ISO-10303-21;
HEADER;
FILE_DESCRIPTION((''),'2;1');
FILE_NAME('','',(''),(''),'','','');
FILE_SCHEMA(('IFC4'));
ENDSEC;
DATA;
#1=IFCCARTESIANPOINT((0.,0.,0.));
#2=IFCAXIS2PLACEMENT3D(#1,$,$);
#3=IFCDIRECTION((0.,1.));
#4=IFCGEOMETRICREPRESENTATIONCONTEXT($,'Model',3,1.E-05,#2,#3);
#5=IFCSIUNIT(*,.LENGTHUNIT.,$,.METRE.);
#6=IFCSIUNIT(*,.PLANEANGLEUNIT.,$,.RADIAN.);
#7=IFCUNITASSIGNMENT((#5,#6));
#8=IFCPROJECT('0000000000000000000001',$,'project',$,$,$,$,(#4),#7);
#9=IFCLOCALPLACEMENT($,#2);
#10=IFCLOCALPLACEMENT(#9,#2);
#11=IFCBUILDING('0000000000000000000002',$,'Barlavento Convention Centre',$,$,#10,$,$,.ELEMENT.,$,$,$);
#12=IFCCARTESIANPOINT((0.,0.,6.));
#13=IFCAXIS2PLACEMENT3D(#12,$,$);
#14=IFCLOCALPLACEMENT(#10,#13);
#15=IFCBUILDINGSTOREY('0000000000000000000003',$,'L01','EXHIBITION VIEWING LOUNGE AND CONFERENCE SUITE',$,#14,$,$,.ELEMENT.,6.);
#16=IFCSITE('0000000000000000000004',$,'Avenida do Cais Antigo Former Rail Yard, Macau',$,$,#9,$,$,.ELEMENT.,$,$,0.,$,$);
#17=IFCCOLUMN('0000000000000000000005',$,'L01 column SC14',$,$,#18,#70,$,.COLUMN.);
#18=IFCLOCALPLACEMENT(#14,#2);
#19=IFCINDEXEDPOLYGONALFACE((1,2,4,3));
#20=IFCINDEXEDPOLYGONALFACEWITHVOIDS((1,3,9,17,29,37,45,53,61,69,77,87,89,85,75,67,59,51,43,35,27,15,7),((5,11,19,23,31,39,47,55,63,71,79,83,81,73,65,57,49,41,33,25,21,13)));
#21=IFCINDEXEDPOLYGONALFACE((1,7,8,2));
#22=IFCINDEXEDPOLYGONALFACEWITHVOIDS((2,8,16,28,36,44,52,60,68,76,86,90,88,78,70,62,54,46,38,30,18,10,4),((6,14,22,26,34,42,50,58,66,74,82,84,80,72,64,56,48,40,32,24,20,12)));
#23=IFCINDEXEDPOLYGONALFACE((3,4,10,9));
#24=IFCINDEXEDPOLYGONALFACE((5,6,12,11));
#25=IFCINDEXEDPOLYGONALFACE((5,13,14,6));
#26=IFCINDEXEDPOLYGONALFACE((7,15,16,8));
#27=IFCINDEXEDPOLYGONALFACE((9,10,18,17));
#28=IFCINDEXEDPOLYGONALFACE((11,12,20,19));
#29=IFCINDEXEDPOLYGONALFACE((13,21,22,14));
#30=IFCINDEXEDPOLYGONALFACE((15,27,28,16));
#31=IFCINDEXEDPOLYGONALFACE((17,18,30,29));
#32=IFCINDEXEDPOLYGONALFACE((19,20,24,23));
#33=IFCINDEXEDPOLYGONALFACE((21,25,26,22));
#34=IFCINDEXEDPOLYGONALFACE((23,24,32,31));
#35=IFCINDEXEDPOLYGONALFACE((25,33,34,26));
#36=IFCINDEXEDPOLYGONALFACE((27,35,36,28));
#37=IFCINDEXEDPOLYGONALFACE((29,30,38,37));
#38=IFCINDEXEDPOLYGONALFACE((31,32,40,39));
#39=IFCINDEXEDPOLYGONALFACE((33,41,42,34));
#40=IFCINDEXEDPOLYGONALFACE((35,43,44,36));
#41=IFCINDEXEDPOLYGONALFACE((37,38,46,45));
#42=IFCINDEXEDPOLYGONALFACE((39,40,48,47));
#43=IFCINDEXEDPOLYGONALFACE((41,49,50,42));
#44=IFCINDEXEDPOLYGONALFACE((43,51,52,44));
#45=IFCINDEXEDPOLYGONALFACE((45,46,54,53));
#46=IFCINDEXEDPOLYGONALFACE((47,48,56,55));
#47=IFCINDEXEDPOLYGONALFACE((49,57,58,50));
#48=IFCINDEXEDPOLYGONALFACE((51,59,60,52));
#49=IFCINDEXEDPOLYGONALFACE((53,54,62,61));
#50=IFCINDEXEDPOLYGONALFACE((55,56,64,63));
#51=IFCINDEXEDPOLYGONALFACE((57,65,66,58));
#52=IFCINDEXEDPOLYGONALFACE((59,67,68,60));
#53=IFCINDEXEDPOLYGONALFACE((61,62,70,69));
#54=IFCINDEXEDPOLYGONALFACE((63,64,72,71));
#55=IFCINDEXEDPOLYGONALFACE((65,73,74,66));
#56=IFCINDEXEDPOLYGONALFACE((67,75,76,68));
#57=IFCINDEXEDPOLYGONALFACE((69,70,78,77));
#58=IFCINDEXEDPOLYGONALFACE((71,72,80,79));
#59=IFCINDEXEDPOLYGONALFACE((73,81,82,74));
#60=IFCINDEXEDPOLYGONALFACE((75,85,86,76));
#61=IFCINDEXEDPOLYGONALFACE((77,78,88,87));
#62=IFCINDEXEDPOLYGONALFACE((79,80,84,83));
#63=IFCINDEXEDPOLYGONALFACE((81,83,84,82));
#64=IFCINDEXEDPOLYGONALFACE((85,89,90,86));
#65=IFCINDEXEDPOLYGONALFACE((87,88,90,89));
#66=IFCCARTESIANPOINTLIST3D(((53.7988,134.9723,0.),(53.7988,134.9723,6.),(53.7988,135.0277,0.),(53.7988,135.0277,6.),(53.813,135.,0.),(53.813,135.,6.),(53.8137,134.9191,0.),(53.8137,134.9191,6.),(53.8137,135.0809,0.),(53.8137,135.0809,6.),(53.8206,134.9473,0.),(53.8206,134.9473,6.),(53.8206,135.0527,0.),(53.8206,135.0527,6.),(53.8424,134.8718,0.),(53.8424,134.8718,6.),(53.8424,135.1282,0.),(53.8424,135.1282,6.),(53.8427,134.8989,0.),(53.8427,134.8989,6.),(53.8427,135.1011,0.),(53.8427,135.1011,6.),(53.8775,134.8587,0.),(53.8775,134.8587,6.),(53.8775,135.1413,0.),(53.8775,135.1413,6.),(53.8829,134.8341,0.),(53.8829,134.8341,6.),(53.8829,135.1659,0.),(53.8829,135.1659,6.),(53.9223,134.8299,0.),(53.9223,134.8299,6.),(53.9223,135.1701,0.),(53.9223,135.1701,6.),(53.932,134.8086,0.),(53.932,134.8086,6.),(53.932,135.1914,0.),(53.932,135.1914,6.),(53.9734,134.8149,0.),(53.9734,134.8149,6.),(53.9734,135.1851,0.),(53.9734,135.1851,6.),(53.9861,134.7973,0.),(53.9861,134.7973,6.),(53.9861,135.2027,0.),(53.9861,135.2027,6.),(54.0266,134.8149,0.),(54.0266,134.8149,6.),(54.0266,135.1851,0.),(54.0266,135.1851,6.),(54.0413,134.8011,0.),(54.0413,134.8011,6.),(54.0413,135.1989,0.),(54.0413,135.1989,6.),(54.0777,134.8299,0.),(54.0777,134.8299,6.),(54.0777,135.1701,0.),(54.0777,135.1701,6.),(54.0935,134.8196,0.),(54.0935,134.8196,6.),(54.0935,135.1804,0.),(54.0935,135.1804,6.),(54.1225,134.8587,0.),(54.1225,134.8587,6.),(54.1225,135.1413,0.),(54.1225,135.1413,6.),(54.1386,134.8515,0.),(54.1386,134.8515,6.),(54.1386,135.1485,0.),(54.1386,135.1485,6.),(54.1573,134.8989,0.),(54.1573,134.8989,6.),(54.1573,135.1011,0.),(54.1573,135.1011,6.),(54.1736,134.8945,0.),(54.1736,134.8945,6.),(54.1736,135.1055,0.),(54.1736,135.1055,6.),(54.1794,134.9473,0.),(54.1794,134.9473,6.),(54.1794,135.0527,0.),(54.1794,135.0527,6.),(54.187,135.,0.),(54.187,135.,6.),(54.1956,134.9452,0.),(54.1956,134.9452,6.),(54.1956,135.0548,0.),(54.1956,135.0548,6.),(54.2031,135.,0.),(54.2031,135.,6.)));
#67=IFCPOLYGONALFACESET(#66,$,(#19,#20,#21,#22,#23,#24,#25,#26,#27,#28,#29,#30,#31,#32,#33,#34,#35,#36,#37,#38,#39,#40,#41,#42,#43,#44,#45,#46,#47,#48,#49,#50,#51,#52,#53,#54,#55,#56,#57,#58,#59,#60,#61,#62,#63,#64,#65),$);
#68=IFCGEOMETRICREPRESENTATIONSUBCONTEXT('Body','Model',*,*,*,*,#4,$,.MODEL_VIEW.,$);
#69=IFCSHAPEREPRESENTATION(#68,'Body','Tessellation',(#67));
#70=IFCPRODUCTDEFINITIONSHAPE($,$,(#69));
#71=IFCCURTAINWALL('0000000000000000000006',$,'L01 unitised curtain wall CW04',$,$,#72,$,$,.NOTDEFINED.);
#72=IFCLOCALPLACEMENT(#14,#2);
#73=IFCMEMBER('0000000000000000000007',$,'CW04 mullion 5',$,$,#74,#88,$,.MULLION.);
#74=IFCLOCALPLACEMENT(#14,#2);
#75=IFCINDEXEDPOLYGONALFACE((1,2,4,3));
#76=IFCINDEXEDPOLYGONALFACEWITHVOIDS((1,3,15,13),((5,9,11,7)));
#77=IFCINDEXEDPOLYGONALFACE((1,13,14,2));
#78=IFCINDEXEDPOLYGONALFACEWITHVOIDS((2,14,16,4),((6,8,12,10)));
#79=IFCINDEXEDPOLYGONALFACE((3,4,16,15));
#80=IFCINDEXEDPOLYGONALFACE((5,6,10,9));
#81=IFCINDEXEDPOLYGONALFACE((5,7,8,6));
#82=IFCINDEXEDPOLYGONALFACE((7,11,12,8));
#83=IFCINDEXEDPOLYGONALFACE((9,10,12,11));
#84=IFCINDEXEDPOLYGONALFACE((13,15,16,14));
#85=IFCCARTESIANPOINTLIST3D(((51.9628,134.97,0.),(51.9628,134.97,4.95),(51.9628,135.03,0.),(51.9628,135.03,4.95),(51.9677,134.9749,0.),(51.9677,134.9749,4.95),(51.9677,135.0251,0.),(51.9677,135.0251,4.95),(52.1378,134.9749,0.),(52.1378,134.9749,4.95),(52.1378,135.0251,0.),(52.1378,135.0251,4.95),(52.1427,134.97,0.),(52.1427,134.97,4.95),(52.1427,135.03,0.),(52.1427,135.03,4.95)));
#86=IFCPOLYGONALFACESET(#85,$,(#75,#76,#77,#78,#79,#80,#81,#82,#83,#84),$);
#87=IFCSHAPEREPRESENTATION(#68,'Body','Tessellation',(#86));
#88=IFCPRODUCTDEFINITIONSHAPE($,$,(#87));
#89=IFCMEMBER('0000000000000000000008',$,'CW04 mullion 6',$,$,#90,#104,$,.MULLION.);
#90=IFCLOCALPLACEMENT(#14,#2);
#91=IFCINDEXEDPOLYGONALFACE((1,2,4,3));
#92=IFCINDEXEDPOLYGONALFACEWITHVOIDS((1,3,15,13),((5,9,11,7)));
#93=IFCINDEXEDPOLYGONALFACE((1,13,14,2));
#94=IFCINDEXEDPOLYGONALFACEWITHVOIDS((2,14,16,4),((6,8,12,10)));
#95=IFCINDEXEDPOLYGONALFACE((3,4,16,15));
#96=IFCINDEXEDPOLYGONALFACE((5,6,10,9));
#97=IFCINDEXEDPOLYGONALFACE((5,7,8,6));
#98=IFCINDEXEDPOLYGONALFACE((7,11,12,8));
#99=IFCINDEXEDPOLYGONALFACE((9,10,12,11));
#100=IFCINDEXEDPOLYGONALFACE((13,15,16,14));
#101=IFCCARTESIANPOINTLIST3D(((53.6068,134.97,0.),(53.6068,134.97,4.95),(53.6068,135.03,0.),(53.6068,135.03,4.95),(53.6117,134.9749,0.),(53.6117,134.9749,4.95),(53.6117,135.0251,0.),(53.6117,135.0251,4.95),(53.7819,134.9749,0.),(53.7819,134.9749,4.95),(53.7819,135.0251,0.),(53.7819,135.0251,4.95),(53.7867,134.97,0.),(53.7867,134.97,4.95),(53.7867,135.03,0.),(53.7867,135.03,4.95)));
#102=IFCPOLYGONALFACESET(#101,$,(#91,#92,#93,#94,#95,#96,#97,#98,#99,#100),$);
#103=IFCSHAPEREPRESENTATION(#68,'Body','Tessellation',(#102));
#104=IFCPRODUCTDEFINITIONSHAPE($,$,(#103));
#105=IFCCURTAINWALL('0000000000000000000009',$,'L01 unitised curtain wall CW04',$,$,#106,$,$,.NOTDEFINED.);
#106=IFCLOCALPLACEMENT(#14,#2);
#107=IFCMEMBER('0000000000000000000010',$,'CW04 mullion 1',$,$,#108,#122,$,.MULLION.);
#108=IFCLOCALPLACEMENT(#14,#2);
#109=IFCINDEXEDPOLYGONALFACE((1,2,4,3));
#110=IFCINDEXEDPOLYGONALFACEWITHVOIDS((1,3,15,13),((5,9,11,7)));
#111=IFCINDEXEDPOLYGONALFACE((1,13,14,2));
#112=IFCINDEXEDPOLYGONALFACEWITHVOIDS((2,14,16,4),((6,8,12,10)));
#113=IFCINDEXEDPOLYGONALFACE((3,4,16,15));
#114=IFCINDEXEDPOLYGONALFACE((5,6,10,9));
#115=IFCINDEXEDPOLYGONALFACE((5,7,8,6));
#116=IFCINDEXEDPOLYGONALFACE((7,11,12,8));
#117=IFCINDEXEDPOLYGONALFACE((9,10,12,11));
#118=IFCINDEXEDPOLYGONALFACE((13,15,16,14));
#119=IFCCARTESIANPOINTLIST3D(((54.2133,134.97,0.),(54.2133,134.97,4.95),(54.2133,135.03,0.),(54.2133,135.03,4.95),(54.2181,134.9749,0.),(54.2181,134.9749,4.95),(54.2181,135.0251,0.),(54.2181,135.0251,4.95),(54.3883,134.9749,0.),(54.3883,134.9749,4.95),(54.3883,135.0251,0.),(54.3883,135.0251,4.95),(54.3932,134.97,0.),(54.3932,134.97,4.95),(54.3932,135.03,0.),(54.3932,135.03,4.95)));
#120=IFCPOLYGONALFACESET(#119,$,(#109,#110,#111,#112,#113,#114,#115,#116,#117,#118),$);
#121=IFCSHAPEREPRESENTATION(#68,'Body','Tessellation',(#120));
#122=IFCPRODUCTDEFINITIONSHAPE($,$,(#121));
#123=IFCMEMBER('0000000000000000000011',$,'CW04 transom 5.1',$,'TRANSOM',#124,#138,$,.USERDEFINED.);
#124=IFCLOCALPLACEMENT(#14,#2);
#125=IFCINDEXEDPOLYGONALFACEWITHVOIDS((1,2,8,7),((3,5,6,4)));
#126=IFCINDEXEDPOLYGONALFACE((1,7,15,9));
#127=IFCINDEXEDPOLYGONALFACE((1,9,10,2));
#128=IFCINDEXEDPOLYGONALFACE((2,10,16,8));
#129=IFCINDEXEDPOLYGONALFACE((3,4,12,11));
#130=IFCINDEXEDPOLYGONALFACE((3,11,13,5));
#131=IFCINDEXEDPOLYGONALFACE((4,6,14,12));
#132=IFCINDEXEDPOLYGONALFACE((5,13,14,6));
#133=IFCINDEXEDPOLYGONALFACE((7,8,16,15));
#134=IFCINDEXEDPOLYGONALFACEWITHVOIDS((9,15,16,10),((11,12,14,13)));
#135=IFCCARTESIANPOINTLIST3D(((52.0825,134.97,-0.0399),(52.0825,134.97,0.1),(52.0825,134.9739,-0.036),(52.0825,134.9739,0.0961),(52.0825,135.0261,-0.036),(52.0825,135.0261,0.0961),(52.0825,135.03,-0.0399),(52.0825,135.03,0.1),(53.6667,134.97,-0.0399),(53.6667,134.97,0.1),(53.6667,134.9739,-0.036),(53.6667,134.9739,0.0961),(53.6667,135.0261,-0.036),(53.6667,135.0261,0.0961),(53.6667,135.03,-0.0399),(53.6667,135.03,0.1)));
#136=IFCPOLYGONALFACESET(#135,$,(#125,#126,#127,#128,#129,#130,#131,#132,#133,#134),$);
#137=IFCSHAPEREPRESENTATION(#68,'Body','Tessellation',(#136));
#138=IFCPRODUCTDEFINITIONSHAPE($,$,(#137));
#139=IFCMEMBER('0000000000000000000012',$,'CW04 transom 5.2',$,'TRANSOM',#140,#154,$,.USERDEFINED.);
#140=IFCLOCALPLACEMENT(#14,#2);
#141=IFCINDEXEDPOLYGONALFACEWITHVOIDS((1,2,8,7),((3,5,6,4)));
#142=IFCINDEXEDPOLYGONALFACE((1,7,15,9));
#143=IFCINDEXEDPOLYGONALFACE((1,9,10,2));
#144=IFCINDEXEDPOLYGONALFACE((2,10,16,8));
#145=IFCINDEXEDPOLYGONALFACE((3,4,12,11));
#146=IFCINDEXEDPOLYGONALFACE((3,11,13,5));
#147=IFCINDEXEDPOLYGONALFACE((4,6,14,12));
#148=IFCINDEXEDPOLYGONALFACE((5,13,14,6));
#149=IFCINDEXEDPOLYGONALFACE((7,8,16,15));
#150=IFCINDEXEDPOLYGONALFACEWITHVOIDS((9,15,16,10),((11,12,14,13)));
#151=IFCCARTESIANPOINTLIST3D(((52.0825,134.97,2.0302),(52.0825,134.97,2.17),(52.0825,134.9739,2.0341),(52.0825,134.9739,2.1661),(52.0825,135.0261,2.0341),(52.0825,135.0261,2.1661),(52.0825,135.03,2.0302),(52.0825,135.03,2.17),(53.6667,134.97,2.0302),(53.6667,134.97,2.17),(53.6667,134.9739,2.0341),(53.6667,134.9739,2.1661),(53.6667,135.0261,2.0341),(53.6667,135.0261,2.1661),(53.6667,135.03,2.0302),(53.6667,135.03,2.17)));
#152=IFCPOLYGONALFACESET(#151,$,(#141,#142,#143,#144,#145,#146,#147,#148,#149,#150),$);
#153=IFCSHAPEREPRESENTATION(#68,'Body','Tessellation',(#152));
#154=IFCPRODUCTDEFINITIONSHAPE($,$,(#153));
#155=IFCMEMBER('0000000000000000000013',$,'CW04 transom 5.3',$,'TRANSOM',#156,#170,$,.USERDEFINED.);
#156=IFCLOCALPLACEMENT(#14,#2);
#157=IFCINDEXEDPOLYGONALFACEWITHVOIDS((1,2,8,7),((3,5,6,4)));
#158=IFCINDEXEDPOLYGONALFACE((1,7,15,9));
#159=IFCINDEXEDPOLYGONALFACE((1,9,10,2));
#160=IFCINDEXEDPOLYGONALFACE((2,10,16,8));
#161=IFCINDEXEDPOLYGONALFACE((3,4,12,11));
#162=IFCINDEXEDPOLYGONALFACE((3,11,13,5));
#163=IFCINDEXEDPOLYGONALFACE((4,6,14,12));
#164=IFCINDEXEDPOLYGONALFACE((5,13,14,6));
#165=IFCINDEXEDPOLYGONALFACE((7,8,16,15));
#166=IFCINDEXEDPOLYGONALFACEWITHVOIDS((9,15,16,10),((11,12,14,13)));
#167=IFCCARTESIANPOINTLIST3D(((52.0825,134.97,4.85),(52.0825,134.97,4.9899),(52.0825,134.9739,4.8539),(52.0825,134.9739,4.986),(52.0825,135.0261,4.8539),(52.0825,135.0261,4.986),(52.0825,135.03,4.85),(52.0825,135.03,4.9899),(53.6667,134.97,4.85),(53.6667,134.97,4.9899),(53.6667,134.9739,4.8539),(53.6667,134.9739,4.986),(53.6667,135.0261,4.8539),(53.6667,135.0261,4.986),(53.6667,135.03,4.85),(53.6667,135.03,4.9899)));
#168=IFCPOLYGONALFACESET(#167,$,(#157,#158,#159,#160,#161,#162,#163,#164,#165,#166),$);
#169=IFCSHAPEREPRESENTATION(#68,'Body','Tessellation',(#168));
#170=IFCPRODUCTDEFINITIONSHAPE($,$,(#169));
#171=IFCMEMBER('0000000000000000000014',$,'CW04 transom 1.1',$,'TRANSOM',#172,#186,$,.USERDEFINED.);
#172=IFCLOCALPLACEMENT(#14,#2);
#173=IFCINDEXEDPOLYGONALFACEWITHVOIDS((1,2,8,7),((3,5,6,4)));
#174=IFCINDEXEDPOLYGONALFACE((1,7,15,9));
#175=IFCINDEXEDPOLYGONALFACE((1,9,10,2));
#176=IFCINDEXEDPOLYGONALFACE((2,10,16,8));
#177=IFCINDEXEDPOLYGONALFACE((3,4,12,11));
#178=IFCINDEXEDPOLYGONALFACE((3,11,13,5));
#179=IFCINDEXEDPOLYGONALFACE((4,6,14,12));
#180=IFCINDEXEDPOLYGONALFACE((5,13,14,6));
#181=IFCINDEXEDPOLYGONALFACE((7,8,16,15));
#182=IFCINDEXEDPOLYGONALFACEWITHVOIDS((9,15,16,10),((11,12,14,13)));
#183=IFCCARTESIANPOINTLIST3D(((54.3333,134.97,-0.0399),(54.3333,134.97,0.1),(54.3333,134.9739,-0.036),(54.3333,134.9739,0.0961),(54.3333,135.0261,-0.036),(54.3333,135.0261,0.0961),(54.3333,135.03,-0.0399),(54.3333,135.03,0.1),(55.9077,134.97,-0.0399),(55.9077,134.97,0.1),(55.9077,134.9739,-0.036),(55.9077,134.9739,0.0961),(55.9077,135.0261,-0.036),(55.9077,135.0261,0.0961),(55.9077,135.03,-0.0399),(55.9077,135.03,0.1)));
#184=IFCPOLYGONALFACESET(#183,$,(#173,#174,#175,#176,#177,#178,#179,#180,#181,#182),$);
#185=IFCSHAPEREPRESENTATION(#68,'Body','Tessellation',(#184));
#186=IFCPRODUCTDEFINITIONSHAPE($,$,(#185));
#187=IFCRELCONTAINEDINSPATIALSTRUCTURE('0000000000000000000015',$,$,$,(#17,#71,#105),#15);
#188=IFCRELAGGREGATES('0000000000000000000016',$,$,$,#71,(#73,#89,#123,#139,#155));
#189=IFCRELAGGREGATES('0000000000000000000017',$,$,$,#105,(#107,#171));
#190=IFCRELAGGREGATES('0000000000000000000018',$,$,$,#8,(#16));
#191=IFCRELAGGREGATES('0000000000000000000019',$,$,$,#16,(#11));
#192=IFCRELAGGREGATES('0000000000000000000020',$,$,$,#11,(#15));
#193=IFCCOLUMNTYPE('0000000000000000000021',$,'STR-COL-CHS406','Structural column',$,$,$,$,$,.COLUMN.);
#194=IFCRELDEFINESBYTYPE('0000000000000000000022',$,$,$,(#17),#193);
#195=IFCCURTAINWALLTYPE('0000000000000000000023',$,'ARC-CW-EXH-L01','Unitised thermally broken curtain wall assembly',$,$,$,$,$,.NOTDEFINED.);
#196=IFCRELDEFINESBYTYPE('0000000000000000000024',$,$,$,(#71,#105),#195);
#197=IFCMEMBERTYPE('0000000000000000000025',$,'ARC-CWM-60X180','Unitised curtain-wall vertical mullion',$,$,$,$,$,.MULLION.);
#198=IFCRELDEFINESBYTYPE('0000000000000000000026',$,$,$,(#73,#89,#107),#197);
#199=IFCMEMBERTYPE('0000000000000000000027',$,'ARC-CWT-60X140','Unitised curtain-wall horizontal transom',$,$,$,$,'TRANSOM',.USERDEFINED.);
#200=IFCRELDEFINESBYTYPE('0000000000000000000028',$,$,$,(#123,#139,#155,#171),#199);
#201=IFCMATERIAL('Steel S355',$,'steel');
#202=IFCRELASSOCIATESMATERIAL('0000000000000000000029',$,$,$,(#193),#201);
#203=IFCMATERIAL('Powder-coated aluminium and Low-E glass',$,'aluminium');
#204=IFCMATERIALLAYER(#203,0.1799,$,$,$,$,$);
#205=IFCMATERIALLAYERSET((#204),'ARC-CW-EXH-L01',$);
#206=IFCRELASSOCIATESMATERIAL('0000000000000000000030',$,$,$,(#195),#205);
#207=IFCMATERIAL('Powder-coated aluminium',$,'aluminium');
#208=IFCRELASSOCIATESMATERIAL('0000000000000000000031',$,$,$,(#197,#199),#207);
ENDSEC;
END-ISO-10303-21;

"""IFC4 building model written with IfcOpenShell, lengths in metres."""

from ifc_helpers import new_model, si_unit, direction, frame, origin, origin_2d, place, context, subcontext, project, spatial, hollow_rectangle, hollow_circle, extrude, material, layer, layer_set, material_profile, profile_set, type_object, element, aggregate, save


model = new_model("IFC4")

# Units and contexts
model_context = context("Model", 3, precision=1e-05, world=origin(), true_north=direction((0.0, 1.0)))
body_context = subcontext(model_context, "Body", "Model", "MODEL_VIEW")
ifc_project = project(units=[si_unit("LENGTHUNIT", "METRE"), si_unit("PLANEANGLEUNIT", "RADIAN")], contexts=[model_context])

# Site, building, storey
site_placement = place(None, origin())
site = spatial("IfcSite", under=ifc_project, at=site_placement, Name="Avenida do Cais Antigo Former Rail Yard, Macau", CompositionType="ELEMENT", RefElevation=0.0)
building_placement = place(site_placement, origin())
building = spatial("IfcBuilding", under=site, at=building_placement, Name="Barlavento Convention Centre", CompositionType="ELEMENT")
storey_placement = place(building_placement, frame((0.0, 0.0, 6.0)))
storey = spatial("IfcBuildingStorey", under=building, at=storey_placement, Name="L01", Description="EXHIBITION VIEWING LOUNGE AND CONFERENCE SUITE", CompositionType="ELEMENT", Elevation=6.0)

# Column
ifc_material_1 = material(Name="Steel S355", Category="steel")
ifc_material_profile_1 = material_profile(ifc_material_1, hollow_circle(Radius=0.2031, WallThickness=0.0161, at=origin_2d()), Name="CHS 406.4x16.0")
ifc_profile_set_1 = profile_set([ifc_material_profile_1], Name="Steel S355")
column_type = type_object("IfcColumnType", Name="STR-COL-CHS406", Description="Structural column", PredefinedType="COLUMN", material=ifc_profile_set_1)
column_placement = place(storey_placement, frame((54.0, 135.0, 0.0), z_axis=(0.0, 0.0, 1.0), x_axis=(1.0, 0.0, 0.0)))
element("IfcColumn", 1, at=column_placement, inside=storey, type_object=column_type, Name="L01 column SC14", PredefinedType="COLUMN", context=body_context, shape_type="SweptSolid", body=[
    extrude(hollow_circle(Radius=0.2031, WallThickness=0.0161, at=origin_2d()), origin(), (0.0, 0.0, 1.0), 6.0),
])

# Curtain wall, members
ifc_material_2 = material(Name="Powder-coated aluminium and Low-E glass", Category="aluminium")
ifc_layer_1 = layer(ifc_material_2, 0.1799)
ifc_layer_set_1 = layer_set([ifc_layer_1], Name="ARC-CW-EXH-L01")
curtain_wall_type = type_object("IfcCurtainWallType", Name="ARC-CW-EXH-L01", Description="Unitised thermally broken curtain wall assembly", PredefinedType="NOTDEFINED", material=ifc_layer_set_1)
curtain_wall_1_placement = place(storey_placement, origin())
curtain_wall_1 = element("IfcCurtainWall", 2, at=curtain_wall_1_placement, inside=storey, type_object=curtain_wall_type, Name="L01 unitised curtain wall CW04", PredefinedType="NOTDEFINED")
ifc_material_3 = material(Name="Powder-coated aluminium", Category="aluminium")
ifc_material_profile_2 = material_profile(ifc_material_3, hollow_rectangle(XDim=0.0601, YDim=0.1799, WallThickness=0.0049, at=origin_2d()), Name="AL-MULL 60x180x5")
ifc_profile_set_2 = profile_set([ifc_material_profile_2], Name="Powder-coated aluminium")
member_type_1 = type_object("IfcMemberType", Name="ARC-CWM-60X180", Description="Unitised curtain-wall vertical mullion", PredefinedType="MULLION", material=ifc_profile_set_2)
member_1_placement = place(storey_placement, frame((52.0527, 135.0, 0.0), z_axis=(0.0, 0.0, 1.0), x_axis=(0.0, 1.0, 0.0)))
member_1 = element("IfcMember", 3, at=member_1_placement, type_object=member_type_1, Name="CW04 mullion 5", PredefinedType="MULLION", context=body_context, shape_type="SweptSolid", body=[
    extrude(hollow_rectangle(XDim=0.0601, YDim=0.1799, WallThickness=0.0049, at=origin_2d()), origin(), (0.0, 0.0, 1.0), 4.95),
])
member_2_placement = place(storey_placement, frame((53.6968, 135.0, 0.0), z_axis=(0.0, 0.0, 1.0), x_axis=(0.0, 1.0, 0.0)))
member_2 = element("IfcMember", 4, at=member_2_placement, type_object=member_type_1, Name="CW04 mullion 6", PredefinedType="MULLION", context=body_context, shape_type="SweptSolid", body=[
    extrude(hollow_rectangle(XDim=0.0601, YDim=0.1799, WallThickness=0.0049, at=origin_2d()), origin(), (0.0, 0.0, 1.0), 4.95),
])

# Curtain wall, member
curtain_wall_2_placement = place(storey_placement, origin())
curtain_wall_2 = element("IfcCurtainWall", 5, at=curtain_wall_2_placement, inside=storey, type_object=curtain_wall_type, Name="L01 unitised curtain wall CW04", PredefinedType="NOTDEFINED")
member_3_placement = place(storey_placement, frame((54.3032, 135.0, 0.0), z_axis=(0.0, 0.0, 1.0), x_axis=(0.0, 1.0, 0.0)))
member_3 = element("IfcMember", 6, at=member_3_placement, type_object=member_type_1, Name="CW04 mullion 1", PredefinedType="MULLION", context=body_context, shape_type="SweptSolid", body=[
    extrude(hollow_rectangle(XDim=0.0601, YDim=0.1799, WallThickness=0.0049, at=origin_2d()), origin(), (0.0, 0.0, 1.0), 4.95),
])

# Members
ifc_material_profile_3 = material_profile(ifc_material_3, hollow_rectangle(XDim=0.0601, YDim=0.1399, WallThickness=0.0039, at=origin_2d()), Name="AL-TRAN 60x140x4")
ifc_profile_set_3 = profile_set([ifc_material_profile_3], Name="Powder-coated aluminium")
member_type_2 = type_object("IfcMemberType", Name="ARC-CWT-60X140", Description="Unitised curtain-wall horizontal transom", ElementType="TRANSOM", PredefinedType="USERDEFINED", material=ifc_profile_set_3)
member_4_placement = place(storey_placement, frame((52.0825, 135.0, 0.03), z_axis=(1.0, 0.0, 0.0), x_axis=(0.0, 1.0, 0.0)))
member_4 = element("IfcMember", 7, at=member_4_placement, type_object=member_type_2, Name="CW04 transom 5.1", ObjectType="TRANSOM", PredefinedType="USERDEFINED", context=body_context, shape_type="SweptSolid", body=[
    extrude(hollow_rectangle(XDim=0.0601, YDim=0.1399, WallThickness=0.0039, at=origin_2d()), origin(), (0.0, 0.0, 1.0), 1.5842),
])
member_5_placement = place(storey_placement, frame((52.0825, 135.0, 2.1001), z_axis=(1.0, 0.0, 0.0), x_axis=(0.0, 1.0, 0.0)))
member_5 = element("IfcMember", 8, at=member_5_placement, type_object=member_type_2, Name="CW04 transom 5.2", ObjectType="TRANSOM", PredefinedType="USERDEFINED", context=body_context, shape_type="SweptSolid", body=[
    extrude(hollow_rectangle(XDim=0.0601, YDim=0.1399, WallThickness=0.0039, at=origin_2d()), origin(), (0.0, 0.0, 1.0), 1.5842),
])
member_6_placement = place(storey_placement, frame((52.0825, 135.0, 4.9199), z_axis=(1.0, 0.0, 0.0), x_axis=(0.0, 1.0, 0.0)))
member_6 = element("IfcMember", 9, at=member_6_placement, type_object=member_type_2, Name="CW04 transom 5.3", ObjectType="TRANSOM", PredefinedType="USERDEFINED", context=body_context, shape_type="SweptSolid", body=[
    extrude(hollow_rectangle(XDim=0.0601, YDim=0.1399, WallThickness=0.0039, at=origin_2d()), origin(), (0.0, 0.0, 1.0), 1.5842),
])
member_7_placement = place(storey_placement, frame((54.3333, 135.0, 0.03), z_axis=(1.0, 0.0, 0.0), x_axis=(0.0, 1.0, 0.0)))
member_7 = element("IfcMember", 10, at=member_7_placement, type_object=member_type_2, Name="CW04 transom 1.1", ObjectType="TRANSOM", PredefinedType="USERDEFINED", context=body_context, shape_type="SweptSolid", body=[
    extrude(hollow_rectangle(XDim=0.0601, YDim=0.1399, WallThickness=0.0039, at=origin_2d()), origin(), (0.0, 0.0, 1.0), 1.5745),
])

aggregate(curtain_wall_1, [member_1, member_2, member_4, member_5, member_6])
aggregate(curtain_wall_2, [member_3, member_7])

save(model, "model.ifc")
